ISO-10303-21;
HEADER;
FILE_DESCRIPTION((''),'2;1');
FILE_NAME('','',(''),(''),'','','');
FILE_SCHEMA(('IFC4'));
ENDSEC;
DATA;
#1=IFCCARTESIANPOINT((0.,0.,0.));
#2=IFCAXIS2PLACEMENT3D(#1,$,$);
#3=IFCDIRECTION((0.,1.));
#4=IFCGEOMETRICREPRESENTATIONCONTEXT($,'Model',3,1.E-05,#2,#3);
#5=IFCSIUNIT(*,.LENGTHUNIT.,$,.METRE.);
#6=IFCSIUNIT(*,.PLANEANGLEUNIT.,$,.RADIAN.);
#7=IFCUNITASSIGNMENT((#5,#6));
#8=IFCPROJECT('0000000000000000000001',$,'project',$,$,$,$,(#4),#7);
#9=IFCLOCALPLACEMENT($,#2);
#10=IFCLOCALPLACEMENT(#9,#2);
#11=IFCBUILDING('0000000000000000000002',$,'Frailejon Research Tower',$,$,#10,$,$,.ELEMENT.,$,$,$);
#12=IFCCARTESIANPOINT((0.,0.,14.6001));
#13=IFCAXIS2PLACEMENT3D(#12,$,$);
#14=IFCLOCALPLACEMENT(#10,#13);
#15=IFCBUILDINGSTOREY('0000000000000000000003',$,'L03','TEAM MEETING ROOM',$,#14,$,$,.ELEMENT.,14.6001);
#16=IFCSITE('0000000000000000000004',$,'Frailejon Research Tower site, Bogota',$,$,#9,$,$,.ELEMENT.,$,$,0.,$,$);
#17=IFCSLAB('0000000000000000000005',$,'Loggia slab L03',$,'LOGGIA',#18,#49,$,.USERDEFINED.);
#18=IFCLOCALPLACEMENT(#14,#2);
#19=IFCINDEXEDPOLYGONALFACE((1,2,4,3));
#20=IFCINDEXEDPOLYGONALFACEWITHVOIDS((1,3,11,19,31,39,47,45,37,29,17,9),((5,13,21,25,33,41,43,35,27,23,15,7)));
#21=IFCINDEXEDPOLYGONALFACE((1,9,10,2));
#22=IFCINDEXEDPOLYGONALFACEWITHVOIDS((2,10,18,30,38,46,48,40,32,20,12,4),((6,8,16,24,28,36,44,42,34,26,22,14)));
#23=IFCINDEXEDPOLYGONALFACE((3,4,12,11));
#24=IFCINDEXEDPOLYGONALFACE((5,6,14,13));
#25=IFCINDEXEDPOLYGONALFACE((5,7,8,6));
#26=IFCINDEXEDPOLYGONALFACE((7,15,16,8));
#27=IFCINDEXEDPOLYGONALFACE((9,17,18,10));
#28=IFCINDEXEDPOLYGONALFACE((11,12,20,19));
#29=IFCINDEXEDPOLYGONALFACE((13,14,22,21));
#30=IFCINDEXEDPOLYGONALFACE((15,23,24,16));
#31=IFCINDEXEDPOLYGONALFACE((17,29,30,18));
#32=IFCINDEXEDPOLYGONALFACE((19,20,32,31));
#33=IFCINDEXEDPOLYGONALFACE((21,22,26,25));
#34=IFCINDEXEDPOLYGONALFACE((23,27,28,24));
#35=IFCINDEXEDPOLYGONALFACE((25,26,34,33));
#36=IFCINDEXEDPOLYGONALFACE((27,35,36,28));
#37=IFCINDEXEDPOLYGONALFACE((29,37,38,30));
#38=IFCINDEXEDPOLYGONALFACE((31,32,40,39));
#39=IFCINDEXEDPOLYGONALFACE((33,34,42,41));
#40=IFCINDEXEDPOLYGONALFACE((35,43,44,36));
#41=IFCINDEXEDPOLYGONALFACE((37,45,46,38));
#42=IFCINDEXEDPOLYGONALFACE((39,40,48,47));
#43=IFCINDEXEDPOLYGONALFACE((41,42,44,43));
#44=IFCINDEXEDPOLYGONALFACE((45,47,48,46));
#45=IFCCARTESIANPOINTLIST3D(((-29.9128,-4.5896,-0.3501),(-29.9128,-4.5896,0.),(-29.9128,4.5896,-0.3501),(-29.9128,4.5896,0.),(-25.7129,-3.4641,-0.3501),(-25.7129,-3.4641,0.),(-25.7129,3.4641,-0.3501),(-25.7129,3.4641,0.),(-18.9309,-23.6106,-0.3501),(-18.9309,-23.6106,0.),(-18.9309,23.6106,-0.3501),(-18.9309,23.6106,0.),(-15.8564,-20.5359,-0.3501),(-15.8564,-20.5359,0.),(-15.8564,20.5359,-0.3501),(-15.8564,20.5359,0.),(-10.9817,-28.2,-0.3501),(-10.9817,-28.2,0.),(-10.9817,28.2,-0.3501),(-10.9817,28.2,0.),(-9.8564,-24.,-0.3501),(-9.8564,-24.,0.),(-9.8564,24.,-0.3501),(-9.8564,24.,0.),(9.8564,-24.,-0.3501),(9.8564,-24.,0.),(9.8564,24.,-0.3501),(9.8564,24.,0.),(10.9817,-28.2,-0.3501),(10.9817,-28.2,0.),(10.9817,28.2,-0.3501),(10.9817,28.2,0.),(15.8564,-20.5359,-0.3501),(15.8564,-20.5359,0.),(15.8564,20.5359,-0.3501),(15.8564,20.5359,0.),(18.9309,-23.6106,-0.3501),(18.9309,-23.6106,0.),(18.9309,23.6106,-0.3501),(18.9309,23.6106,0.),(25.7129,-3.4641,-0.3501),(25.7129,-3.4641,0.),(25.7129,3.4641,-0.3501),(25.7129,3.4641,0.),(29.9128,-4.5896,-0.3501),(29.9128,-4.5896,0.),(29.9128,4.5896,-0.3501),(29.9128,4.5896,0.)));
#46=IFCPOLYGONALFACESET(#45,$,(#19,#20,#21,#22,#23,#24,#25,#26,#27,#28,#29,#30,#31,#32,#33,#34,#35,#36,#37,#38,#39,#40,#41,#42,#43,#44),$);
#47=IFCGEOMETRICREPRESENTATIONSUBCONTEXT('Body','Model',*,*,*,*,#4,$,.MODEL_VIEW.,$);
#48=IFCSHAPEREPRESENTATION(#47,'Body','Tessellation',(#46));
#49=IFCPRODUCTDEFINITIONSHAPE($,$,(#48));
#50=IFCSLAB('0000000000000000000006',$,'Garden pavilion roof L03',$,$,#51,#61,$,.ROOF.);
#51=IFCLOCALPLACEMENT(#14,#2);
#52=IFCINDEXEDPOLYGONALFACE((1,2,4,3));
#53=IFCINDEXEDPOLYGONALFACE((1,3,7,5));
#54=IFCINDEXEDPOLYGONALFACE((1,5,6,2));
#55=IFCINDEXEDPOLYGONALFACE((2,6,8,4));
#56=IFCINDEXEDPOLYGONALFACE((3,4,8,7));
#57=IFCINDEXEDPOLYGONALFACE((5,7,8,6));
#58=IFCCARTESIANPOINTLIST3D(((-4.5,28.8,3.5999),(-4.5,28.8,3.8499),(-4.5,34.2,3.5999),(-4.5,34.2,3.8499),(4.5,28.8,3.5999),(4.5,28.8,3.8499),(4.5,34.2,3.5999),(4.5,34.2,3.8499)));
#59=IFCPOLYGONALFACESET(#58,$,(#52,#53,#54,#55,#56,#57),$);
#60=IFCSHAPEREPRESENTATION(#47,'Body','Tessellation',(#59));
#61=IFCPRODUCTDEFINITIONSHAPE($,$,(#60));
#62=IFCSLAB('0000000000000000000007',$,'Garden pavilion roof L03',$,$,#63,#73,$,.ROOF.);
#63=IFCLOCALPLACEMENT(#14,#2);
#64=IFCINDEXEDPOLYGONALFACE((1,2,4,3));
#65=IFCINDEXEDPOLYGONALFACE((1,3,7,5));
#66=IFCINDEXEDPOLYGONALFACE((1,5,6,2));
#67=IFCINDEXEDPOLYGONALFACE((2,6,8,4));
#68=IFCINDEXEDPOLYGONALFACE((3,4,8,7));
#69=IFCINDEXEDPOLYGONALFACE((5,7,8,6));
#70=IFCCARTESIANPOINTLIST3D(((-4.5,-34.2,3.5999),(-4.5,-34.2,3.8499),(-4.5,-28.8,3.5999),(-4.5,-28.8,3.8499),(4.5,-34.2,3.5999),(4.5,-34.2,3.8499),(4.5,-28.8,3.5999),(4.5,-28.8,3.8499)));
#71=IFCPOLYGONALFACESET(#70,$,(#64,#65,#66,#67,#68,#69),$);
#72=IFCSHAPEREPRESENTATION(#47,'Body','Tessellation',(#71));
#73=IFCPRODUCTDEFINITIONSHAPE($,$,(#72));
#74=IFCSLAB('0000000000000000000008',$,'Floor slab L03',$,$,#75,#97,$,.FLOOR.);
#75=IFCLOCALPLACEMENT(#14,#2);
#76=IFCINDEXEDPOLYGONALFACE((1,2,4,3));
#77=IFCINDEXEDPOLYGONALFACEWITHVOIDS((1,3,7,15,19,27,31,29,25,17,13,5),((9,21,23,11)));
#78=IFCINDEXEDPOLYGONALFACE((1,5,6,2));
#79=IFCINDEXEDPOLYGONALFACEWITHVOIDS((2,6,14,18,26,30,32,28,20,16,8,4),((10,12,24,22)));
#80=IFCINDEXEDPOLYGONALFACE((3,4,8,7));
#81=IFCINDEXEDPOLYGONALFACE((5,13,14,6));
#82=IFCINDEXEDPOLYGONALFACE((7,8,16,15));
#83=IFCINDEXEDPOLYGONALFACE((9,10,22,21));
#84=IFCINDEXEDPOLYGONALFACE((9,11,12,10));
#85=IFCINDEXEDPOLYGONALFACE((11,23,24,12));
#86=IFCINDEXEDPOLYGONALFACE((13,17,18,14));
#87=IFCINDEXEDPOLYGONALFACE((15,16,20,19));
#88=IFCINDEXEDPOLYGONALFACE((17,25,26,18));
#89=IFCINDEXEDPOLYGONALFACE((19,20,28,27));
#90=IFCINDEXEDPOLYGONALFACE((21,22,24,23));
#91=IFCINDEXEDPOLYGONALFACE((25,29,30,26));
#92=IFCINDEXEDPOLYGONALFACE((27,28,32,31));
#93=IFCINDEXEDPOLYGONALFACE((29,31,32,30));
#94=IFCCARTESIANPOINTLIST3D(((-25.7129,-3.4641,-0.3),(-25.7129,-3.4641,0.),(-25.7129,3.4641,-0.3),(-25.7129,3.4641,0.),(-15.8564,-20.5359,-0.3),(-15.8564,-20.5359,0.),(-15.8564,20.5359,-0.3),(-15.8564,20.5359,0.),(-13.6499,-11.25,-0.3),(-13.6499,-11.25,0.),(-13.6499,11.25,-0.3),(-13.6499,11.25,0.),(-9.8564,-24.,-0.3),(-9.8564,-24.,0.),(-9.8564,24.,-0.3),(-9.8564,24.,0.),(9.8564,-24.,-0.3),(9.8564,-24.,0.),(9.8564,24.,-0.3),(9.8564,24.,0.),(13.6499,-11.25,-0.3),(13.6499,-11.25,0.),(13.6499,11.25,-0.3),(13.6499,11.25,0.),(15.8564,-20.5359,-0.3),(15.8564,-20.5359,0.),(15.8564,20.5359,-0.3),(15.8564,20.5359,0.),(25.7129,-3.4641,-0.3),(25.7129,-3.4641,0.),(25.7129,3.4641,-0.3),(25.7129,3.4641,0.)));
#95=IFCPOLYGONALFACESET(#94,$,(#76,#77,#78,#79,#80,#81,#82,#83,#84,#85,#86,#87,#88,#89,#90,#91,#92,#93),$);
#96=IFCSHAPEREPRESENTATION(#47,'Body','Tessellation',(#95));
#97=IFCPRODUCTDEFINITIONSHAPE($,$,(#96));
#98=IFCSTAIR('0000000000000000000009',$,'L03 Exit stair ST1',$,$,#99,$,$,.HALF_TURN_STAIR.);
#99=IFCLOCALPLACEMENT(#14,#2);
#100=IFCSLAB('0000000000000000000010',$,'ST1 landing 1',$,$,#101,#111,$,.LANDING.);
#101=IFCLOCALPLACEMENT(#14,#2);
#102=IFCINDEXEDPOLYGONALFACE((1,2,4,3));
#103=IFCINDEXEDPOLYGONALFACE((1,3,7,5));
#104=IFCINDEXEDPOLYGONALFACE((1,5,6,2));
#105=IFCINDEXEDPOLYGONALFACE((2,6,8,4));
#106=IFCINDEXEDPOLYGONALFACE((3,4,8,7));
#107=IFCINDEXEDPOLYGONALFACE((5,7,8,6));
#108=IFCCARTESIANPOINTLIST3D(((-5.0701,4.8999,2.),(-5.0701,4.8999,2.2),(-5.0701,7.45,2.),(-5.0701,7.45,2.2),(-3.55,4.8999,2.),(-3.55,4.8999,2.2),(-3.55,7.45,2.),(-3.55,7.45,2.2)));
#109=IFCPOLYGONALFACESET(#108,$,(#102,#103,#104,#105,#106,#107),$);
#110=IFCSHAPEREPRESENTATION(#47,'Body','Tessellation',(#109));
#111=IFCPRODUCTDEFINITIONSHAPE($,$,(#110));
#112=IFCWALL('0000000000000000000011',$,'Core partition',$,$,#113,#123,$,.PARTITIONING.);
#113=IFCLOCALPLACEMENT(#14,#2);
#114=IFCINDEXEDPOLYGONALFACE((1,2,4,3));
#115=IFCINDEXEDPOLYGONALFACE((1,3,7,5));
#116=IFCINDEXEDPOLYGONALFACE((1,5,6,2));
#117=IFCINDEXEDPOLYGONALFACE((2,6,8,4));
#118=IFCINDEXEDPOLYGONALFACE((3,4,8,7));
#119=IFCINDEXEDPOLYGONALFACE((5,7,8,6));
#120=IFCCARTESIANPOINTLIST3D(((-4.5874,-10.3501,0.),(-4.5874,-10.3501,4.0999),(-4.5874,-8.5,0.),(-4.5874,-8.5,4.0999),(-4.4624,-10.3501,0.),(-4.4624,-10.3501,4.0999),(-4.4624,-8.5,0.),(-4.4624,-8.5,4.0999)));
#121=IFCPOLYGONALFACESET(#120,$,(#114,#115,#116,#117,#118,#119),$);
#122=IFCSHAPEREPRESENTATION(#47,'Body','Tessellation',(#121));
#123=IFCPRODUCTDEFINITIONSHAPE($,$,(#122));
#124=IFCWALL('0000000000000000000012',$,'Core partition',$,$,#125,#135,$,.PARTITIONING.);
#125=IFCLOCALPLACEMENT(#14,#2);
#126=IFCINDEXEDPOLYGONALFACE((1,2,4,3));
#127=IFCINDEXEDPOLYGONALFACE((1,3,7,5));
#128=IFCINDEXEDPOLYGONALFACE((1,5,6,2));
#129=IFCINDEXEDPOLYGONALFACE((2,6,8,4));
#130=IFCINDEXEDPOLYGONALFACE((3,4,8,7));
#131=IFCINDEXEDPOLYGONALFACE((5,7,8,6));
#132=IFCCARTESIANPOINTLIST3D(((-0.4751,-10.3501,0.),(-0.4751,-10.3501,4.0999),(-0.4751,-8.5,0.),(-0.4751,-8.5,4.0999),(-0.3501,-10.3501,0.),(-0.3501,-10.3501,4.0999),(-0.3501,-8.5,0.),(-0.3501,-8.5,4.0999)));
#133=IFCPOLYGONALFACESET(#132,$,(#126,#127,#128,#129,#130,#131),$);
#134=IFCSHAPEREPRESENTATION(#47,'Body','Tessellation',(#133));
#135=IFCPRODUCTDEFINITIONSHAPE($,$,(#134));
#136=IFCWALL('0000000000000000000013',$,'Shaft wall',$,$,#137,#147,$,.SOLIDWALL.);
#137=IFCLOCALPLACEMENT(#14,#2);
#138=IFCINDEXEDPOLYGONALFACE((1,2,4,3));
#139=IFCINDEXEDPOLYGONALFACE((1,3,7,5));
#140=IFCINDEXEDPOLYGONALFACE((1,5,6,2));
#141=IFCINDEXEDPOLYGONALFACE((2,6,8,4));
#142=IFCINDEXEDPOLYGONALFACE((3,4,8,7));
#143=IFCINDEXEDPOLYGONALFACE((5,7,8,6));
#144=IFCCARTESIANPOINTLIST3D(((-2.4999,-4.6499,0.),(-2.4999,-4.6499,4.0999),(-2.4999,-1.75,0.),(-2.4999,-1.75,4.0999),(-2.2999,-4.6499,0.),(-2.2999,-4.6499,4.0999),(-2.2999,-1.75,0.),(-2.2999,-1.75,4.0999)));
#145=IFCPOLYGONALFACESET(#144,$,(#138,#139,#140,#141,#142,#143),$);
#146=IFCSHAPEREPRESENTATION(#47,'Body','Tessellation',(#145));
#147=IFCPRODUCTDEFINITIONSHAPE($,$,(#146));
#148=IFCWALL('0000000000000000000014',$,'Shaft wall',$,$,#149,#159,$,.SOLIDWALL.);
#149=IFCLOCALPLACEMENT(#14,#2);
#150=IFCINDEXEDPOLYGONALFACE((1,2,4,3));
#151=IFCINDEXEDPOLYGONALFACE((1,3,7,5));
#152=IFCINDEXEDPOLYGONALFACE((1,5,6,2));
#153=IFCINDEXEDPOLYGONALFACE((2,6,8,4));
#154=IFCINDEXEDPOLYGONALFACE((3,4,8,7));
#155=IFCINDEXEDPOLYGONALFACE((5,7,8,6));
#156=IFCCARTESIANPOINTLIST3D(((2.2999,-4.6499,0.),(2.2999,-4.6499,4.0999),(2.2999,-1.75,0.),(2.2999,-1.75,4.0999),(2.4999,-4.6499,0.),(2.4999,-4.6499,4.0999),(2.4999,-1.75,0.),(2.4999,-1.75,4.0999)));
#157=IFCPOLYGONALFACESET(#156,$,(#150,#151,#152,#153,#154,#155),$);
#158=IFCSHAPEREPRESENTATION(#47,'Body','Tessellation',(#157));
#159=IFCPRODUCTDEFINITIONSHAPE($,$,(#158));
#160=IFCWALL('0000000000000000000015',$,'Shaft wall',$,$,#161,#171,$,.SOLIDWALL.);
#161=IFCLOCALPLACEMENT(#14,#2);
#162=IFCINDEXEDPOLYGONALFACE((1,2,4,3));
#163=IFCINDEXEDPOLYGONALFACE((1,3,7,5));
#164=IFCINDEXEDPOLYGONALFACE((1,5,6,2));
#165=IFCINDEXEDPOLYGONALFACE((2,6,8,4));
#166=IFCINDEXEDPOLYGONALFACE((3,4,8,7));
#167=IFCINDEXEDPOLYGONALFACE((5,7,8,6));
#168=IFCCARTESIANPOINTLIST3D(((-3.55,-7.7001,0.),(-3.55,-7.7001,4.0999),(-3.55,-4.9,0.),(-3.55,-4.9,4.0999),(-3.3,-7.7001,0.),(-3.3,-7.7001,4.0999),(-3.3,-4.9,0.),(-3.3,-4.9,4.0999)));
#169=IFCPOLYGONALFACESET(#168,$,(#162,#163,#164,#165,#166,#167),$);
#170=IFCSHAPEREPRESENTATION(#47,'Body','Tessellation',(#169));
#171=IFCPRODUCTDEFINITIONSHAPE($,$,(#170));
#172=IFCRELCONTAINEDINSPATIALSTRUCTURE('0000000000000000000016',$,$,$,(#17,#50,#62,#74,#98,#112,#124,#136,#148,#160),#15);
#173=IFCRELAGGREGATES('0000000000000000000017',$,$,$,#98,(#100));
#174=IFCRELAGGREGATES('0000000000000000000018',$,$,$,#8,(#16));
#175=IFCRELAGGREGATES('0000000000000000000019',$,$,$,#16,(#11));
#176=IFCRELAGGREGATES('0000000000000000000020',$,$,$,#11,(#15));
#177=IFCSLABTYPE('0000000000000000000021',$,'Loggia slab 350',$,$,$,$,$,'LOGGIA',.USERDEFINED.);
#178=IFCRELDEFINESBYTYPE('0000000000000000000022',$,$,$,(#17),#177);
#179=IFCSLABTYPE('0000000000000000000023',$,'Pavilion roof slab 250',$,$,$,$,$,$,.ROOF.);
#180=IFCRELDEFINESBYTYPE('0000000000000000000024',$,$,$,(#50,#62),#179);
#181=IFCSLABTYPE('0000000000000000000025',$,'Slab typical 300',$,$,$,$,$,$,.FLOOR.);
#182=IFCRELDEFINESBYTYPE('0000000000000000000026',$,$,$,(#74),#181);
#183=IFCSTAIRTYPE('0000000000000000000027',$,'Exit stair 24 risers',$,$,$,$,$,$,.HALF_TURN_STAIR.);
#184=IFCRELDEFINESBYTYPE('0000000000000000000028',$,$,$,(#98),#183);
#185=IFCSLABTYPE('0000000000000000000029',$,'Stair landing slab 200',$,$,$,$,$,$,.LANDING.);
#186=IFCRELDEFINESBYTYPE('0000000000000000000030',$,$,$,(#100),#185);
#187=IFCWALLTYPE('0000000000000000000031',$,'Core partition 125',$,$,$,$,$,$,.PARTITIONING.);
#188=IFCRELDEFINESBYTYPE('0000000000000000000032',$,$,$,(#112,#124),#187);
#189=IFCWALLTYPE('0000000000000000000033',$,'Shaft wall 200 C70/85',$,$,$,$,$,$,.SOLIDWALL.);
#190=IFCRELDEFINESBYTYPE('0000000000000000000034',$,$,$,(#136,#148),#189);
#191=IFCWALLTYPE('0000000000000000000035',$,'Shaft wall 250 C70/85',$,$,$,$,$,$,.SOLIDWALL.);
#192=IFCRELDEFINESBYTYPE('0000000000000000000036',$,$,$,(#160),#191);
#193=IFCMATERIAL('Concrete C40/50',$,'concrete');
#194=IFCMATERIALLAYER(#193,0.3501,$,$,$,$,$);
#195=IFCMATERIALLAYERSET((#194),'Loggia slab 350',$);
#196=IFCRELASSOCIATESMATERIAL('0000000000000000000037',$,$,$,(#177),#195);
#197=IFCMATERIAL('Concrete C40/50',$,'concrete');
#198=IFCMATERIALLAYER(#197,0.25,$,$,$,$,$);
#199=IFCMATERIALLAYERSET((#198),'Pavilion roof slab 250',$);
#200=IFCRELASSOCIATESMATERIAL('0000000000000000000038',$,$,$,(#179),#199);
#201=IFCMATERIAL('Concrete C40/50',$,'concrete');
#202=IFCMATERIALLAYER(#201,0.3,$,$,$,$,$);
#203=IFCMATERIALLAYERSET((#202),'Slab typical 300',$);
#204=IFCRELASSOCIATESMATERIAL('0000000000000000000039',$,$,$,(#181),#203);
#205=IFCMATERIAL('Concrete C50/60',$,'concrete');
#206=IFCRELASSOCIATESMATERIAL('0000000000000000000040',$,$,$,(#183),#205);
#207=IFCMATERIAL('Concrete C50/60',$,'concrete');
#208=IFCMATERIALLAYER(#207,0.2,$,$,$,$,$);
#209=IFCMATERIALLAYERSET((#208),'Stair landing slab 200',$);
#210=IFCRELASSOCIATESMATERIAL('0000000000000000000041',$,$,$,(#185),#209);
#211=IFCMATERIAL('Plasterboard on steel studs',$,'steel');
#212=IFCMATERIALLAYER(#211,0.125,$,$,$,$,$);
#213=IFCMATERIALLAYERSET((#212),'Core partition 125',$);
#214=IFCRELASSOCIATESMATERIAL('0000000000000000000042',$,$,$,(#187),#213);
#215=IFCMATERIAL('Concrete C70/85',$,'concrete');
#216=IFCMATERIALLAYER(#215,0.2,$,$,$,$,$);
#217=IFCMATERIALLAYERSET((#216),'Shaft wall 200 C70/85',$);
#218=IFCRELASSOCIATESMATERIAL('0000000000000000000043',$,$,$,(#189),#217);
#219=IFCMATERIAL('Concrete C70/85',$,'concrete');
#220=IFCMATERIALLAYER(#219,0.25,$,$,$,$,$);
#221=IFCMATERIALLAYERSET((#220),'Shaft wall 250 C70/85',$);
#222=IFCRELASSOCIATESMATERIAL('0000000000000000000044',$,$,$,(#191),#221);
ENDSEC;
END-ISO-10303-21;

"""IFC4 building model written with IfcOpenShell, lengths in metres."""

from ifc_helpers import new_model, si_unit, direction, frame, frame_2d, origin, place, context, subcontext, project, spatial, polyline, rectangle, outline, extrude, material, layer, layer_set, type_object, element, aggregate, save


model = new_model("IFC4")

# Units and contexts
model_context = context("Model", 3, precision=1e-05, world=origin(), true_north=direction((0.0, 1.0)))
body_context = subcontext(model_context, "Body", "Model", "MODEL_VIEW")
ifc_project = project(units=[si_unit("LENGTHUNIT", "METRE"), si_unit("PLANEANGLEUNIT", "RADIAN")], contexts=[model_context])

# Site, building, storey
site_placement = place(None, origin())
site = spatial("IfcSite", under=ifc_project, at=site_placement, Name="Frailejon Research Tower site, Bogota", CompositionType="ELEMENT", RefElevation=0.0)
building_placement = place(site_placement, origin())
building = spatial("IfcBuilding", under=site, at=building_placement, Name="Frailejon Research Tower", CompositionType="ELEMENT")
storey_placement = place(building_placement, frame((0.0, 0.0, 14.6001)))
storey = spatial("IfcBuildingStorey", under=building, at=storey_placement, Name="L03", Description="TEAM MEETING ROOM", CompositionType="ELEMENT", Elevation=14.6001)

# Slabs
ifc_material_1 = material(Name="Concrete C40/50", Category="concrete")
ifc_layer_1 = layer(ifc_material_1, 0.3501)
ifc_layer_set_1 = layer_set([ifc_layer_1], Name="Loggia slab 350")
slab_type_1 = type_object("IfcSlabType", Name="Loggia slab 350", ElementType="LOGGIA", PredefinedType="USERDEFINED", material=ifc_layer_set_1)
slab_1_placement = place(storey_placement, frame((0.0, 0.0, -0.3501)))
element("IfcSlab", 1, at=slab_1_placement, inside=storey, type_object=slab_type_1, Name="Loggia slab L03", ObjectType="LOGGIA", PredefinedType="USERDEFINED", context=body_context, shape_type="SweptSolid", body=[
    extrude(outline(polyline([(18.9309, -23.6106), (10.9817, -28.2), (-10.9817, -28.2), (-18.9309, -23.6106), (-29.9128, -4.5896), (-29.9128, 4.5896), (-18.9309, 23.6106), (-10.9817, 28.2), (10.9817, 28.2), (18.9309, 23.6106), (29.9128, 4.5896), (29.9128, -4.5896), (18.9309, -23.6106)]), holes=[polyline([(25.7129, 3.4641), (15.8564, 20.5359), (9.8564, 24.0), (-9.8564, 24.0), (-15.8564, 20.5359), (-25.7129, 3.4641), (-25.7129, -3.4641), (-15.8564, -20.5359), (-9.8564, -24.0), (9.8564, -24.0), (15.8564, -20.5359), (25.7129, -3.4641), (25.7129, 3.4641)])]), origin(), (0.0, 0.0, 1.0), 0.3501),
])
ifc_material_2 = material(Name="Concrete C40/50", Category="concrete")
ifc_layer_2 = layer(ifc_material_2, 0.25)
ifc_layer_set_2 = layer_set([ifc_layer_2], Name="Pavilion roof slab 250")
slab_type_2 = type_object("IfcSlabType", Name="Pavilion roof slab 250", PredefinedType="ROOF", material=ifc_layer_set_2)
slab_2_placement = place(storey_placement, frame((0.0, 0.0, 3.5999)))
element("IfcSlab", 2, at=slab_2_placement, inside=storey, type_object=slab_type_2, Name="Garden pavilion roof L03", PredefinedType="ROOF", context=body_context, shape_type="SweptSolid", body=[
    extrude(outline(polyline([(4.5, 28.8), (4.5, 34.2), (-4.5, 34.2), (-4.5, 28.8), (4.5, 28.8)])), origin(), (0.0, 0.0, 1.0), 0.25),
])
slab_3_placement = place(storey_placement, frame((0.0, 0.0, 3.5999)))
element("IfcSlab", 3, at=slab_3_placement, inside=storey, type_object=slab_type_2, Name="Garden pavilion roof L03", PredefinedType="ROOF", context=body_context, shape_type="SweptSolid", body=[
    extrude(outline(polyline([(-4.5, -28.8), (-4.5, -34.2), (4.5, -34.2), (4.5, -28.8), (-4.5, -28.8)])), origin(), (0.0, 0.0, 1.0), 0.25),
])
ifc_material_3 = material(Name="Concrete C40/50", Category="concrete")
ifc_layer_3 = layer(ifc_material_3, 0.3)
ifc_layer_set_3 = layer_set([ifc_layer_3], Name="Slab typical 300")
slab_type_3 = type_object("IfcSlabType", Name="Slab typical 300", PredefinedType="FLOOR", material=ifc_layer_set_3)
slab_4_placement = place(storey_placement, frame((0.0, 0.0, -0.3)))
element("IfcSlab", 4, at=slab_4_placement, inside=storey, type_object=slab_type_3, Name="Floor slab L03", PredefinedType="FLOOR", context=body_context, shape_type="SweptSolid", body=[
    extrude(outline(polyline([(25.7129, -3.4641), (25.7129, 3.4641), (15.8564, 20.5359), (9.8564, 24.0), (-9.8564, 24.0), (-15.8564, 20.5359), (-25.7129, 3.4641), (-25.7129, -3.4641), (-15.8564, -20.5359), (-9.8564, -24.0), (9.8564, -24.0), (15.8564, -20.5359), (25.7129, -3.4641)]), holes=[polyline([(13.6499, -11.25), (-13.6499, -11.25), (-13.6499, 11.25), (13.6499, 11.25), (13.6499, -11.25)])]), origin(), (0.0, 0.0, 1.0), 0.3),
])

# Stair, slab
ifc_material_4 = material(Name="Concrete C50/60", Category="concrete")
stair_type = type_object("IfcStairType", Name="Exit stair 24 risers", PredefinedType="HALF_TURN_STAIR", material=ifc_material_4)
stair_1_placement = place(storey_placement, origin())
stair_1 = element("IfcStair", 5, at=stair_1_placement, inside=storey, type_object=stair_type, Name="L03 Exit stair ST1", PredefinedType="HALF_TURN_STAIR")
ifc_material_5 = material(Name="Concrete C50/60", Category="concrete")
ifc_layer_4 = layer(ifc_material_5, 0.2)
ifc_layer_set_4 = layer_set([ifc_layer_4], Name="Stair landing slab 200")
slab_type_4 = type_object("IfcSlabType", Name="Stair landing slab 200", PredefinedType="LANDING", material=ifc_layer_set_4)
slab_5_placement = place(storey_placement, frame((0.0, 0.0, 2.0)))
slab_5 = element("IfcSlab", 6, at=slab_5_placement, type_object=slab_type_4, Name="ST1 landing 1", PredefinedType="LANDING", context=body_context, shape_type="SweptSolid", body=[
    extrude(outline(polyline([(-5.0701, 4.8999), (-3.55, 4.8999), (-3.55, 7.45), (-5.0701, 7.45), (-5.0701, 4.8999)])), origin(), (0.0, 0.0, 1.0), 0.2),
])
aggregate(stair_1, [slab_5])

# Walls
ifc_material_6 = material(Name="Plasterboard on steel studs", Category="steel")
ifc_layer_5 = layer(ifc_material_6, 0.125)
ifc_layer_set_5 = layer_set([ifc_layer_5], Name="Core partition 125")
wall_type_1 = type_object("IfcWallType", Name="Core partition 125", PredefinedType="PARTITIONING", material=ifc_layer_set_5)
for number, where, z_axis, x_axis, name in (
    (7, (-4.5249, -10.3501, 0.0), (0.0, 0.0, 1.0), (0.0, 1.0, 0.0), "Core partition"),
    (8, (-0.4126, -10.3501, 0.0), (0.0, 0.0, 1.0), (0.0, 1.0, 0.0), "Core partition"),
):
    element("IfcWall", number, at=place(storey_placement, frame(where, z_axis=z_axis, x_axis=x_axis)), inside=storey, type_object=wall_type_1, Name=name, PredefinedType="PARTITIONING", context=body_context, shape_type="SweptSolid", body=[
        extrude(rectangle(XDim=1.8501, YDim=0.125, at=frame_2d((0.925, 0.0))), origin(), (0.0, 0.0, 1.0), 4.0999),
    ])
ifc_material_7 = material(Name="Concrete C70/85", Category="concrete")
ifc_layer_6 = layer(ifc_material_7, 0.2)
ifc_layer_set_6 = layer_set([ifc_layer_6], Name="Shaft wall 200 C70/85")
wall_type_2 = type_object("IfcWallType", Name="Shaft wall 200 C70/85", PredefinedType="SOLIDWALL", material=ifc_layer_set_6)
for number, where, z_axis, x_axis, name in (
    (9, (-2.3999, -4.6499, 0.0), (0.0, 0.0, 1.0), (0.0, 1.0, 0.0), "Shaft wall"),
    (10, (2.3999, -4.6499, 0.0), (0.0, 0.0, 1.0), (0.0, 1.0, 0.0), "Shaft wall"),
):
    element("IfcWall", number, at=place(storey_placement, frame(where, z_axis=z_axis, x_axis=x_axis)), inside=storey, type_object=wall_type_2, Name=name, PredefinedType="SOLIDWALL", context=body_context, shape_type="SweptSolid", body=[
        extrude(rectangle(XDim=2.8999, YDim=0.2, at=frame_2d((1.45, 0.0))), origin(), (0.0, 0.0, 1.0), 4.0999),
    ])
ifc_material_8 = material(Name="Concrete C70/85", Category="concrete")
ifc_layer_7 = layer(ifc_material_8, 0.25)
ifc_layer_set_7 = layer_set([ifc_layer_7], Name="Shaft wall 250 C70/85")
wall_type_3 = type_object("IfcWallType", Name="Shaft wall 250 C70/85", PredefinedType="SOLIDWALL", material=ifc_layer_set_7)
wall_1_placement = place(storey_placement, frame((-3.425, -7.7, 0.0), z_axis=(0.0, 0.0, 1.0), x_axis=(0.0, 1.0, 0.0)))
element("IfcWall", 11, at=wall_1_placement, inside=storey, type_object=wall_type_3, Name="Shaft wall", PredefinedType="SOLIDWALL", context=body_context, shape_type="SweptSolid", body=[
    extrude(rectangle(XDim=2.8, YDim=0.25, at=frame_2d((1.3999, 0.0))), origin(), (0.0, 0.0, 1.0), 4.0999),
])

save(model, "model.ifc")
